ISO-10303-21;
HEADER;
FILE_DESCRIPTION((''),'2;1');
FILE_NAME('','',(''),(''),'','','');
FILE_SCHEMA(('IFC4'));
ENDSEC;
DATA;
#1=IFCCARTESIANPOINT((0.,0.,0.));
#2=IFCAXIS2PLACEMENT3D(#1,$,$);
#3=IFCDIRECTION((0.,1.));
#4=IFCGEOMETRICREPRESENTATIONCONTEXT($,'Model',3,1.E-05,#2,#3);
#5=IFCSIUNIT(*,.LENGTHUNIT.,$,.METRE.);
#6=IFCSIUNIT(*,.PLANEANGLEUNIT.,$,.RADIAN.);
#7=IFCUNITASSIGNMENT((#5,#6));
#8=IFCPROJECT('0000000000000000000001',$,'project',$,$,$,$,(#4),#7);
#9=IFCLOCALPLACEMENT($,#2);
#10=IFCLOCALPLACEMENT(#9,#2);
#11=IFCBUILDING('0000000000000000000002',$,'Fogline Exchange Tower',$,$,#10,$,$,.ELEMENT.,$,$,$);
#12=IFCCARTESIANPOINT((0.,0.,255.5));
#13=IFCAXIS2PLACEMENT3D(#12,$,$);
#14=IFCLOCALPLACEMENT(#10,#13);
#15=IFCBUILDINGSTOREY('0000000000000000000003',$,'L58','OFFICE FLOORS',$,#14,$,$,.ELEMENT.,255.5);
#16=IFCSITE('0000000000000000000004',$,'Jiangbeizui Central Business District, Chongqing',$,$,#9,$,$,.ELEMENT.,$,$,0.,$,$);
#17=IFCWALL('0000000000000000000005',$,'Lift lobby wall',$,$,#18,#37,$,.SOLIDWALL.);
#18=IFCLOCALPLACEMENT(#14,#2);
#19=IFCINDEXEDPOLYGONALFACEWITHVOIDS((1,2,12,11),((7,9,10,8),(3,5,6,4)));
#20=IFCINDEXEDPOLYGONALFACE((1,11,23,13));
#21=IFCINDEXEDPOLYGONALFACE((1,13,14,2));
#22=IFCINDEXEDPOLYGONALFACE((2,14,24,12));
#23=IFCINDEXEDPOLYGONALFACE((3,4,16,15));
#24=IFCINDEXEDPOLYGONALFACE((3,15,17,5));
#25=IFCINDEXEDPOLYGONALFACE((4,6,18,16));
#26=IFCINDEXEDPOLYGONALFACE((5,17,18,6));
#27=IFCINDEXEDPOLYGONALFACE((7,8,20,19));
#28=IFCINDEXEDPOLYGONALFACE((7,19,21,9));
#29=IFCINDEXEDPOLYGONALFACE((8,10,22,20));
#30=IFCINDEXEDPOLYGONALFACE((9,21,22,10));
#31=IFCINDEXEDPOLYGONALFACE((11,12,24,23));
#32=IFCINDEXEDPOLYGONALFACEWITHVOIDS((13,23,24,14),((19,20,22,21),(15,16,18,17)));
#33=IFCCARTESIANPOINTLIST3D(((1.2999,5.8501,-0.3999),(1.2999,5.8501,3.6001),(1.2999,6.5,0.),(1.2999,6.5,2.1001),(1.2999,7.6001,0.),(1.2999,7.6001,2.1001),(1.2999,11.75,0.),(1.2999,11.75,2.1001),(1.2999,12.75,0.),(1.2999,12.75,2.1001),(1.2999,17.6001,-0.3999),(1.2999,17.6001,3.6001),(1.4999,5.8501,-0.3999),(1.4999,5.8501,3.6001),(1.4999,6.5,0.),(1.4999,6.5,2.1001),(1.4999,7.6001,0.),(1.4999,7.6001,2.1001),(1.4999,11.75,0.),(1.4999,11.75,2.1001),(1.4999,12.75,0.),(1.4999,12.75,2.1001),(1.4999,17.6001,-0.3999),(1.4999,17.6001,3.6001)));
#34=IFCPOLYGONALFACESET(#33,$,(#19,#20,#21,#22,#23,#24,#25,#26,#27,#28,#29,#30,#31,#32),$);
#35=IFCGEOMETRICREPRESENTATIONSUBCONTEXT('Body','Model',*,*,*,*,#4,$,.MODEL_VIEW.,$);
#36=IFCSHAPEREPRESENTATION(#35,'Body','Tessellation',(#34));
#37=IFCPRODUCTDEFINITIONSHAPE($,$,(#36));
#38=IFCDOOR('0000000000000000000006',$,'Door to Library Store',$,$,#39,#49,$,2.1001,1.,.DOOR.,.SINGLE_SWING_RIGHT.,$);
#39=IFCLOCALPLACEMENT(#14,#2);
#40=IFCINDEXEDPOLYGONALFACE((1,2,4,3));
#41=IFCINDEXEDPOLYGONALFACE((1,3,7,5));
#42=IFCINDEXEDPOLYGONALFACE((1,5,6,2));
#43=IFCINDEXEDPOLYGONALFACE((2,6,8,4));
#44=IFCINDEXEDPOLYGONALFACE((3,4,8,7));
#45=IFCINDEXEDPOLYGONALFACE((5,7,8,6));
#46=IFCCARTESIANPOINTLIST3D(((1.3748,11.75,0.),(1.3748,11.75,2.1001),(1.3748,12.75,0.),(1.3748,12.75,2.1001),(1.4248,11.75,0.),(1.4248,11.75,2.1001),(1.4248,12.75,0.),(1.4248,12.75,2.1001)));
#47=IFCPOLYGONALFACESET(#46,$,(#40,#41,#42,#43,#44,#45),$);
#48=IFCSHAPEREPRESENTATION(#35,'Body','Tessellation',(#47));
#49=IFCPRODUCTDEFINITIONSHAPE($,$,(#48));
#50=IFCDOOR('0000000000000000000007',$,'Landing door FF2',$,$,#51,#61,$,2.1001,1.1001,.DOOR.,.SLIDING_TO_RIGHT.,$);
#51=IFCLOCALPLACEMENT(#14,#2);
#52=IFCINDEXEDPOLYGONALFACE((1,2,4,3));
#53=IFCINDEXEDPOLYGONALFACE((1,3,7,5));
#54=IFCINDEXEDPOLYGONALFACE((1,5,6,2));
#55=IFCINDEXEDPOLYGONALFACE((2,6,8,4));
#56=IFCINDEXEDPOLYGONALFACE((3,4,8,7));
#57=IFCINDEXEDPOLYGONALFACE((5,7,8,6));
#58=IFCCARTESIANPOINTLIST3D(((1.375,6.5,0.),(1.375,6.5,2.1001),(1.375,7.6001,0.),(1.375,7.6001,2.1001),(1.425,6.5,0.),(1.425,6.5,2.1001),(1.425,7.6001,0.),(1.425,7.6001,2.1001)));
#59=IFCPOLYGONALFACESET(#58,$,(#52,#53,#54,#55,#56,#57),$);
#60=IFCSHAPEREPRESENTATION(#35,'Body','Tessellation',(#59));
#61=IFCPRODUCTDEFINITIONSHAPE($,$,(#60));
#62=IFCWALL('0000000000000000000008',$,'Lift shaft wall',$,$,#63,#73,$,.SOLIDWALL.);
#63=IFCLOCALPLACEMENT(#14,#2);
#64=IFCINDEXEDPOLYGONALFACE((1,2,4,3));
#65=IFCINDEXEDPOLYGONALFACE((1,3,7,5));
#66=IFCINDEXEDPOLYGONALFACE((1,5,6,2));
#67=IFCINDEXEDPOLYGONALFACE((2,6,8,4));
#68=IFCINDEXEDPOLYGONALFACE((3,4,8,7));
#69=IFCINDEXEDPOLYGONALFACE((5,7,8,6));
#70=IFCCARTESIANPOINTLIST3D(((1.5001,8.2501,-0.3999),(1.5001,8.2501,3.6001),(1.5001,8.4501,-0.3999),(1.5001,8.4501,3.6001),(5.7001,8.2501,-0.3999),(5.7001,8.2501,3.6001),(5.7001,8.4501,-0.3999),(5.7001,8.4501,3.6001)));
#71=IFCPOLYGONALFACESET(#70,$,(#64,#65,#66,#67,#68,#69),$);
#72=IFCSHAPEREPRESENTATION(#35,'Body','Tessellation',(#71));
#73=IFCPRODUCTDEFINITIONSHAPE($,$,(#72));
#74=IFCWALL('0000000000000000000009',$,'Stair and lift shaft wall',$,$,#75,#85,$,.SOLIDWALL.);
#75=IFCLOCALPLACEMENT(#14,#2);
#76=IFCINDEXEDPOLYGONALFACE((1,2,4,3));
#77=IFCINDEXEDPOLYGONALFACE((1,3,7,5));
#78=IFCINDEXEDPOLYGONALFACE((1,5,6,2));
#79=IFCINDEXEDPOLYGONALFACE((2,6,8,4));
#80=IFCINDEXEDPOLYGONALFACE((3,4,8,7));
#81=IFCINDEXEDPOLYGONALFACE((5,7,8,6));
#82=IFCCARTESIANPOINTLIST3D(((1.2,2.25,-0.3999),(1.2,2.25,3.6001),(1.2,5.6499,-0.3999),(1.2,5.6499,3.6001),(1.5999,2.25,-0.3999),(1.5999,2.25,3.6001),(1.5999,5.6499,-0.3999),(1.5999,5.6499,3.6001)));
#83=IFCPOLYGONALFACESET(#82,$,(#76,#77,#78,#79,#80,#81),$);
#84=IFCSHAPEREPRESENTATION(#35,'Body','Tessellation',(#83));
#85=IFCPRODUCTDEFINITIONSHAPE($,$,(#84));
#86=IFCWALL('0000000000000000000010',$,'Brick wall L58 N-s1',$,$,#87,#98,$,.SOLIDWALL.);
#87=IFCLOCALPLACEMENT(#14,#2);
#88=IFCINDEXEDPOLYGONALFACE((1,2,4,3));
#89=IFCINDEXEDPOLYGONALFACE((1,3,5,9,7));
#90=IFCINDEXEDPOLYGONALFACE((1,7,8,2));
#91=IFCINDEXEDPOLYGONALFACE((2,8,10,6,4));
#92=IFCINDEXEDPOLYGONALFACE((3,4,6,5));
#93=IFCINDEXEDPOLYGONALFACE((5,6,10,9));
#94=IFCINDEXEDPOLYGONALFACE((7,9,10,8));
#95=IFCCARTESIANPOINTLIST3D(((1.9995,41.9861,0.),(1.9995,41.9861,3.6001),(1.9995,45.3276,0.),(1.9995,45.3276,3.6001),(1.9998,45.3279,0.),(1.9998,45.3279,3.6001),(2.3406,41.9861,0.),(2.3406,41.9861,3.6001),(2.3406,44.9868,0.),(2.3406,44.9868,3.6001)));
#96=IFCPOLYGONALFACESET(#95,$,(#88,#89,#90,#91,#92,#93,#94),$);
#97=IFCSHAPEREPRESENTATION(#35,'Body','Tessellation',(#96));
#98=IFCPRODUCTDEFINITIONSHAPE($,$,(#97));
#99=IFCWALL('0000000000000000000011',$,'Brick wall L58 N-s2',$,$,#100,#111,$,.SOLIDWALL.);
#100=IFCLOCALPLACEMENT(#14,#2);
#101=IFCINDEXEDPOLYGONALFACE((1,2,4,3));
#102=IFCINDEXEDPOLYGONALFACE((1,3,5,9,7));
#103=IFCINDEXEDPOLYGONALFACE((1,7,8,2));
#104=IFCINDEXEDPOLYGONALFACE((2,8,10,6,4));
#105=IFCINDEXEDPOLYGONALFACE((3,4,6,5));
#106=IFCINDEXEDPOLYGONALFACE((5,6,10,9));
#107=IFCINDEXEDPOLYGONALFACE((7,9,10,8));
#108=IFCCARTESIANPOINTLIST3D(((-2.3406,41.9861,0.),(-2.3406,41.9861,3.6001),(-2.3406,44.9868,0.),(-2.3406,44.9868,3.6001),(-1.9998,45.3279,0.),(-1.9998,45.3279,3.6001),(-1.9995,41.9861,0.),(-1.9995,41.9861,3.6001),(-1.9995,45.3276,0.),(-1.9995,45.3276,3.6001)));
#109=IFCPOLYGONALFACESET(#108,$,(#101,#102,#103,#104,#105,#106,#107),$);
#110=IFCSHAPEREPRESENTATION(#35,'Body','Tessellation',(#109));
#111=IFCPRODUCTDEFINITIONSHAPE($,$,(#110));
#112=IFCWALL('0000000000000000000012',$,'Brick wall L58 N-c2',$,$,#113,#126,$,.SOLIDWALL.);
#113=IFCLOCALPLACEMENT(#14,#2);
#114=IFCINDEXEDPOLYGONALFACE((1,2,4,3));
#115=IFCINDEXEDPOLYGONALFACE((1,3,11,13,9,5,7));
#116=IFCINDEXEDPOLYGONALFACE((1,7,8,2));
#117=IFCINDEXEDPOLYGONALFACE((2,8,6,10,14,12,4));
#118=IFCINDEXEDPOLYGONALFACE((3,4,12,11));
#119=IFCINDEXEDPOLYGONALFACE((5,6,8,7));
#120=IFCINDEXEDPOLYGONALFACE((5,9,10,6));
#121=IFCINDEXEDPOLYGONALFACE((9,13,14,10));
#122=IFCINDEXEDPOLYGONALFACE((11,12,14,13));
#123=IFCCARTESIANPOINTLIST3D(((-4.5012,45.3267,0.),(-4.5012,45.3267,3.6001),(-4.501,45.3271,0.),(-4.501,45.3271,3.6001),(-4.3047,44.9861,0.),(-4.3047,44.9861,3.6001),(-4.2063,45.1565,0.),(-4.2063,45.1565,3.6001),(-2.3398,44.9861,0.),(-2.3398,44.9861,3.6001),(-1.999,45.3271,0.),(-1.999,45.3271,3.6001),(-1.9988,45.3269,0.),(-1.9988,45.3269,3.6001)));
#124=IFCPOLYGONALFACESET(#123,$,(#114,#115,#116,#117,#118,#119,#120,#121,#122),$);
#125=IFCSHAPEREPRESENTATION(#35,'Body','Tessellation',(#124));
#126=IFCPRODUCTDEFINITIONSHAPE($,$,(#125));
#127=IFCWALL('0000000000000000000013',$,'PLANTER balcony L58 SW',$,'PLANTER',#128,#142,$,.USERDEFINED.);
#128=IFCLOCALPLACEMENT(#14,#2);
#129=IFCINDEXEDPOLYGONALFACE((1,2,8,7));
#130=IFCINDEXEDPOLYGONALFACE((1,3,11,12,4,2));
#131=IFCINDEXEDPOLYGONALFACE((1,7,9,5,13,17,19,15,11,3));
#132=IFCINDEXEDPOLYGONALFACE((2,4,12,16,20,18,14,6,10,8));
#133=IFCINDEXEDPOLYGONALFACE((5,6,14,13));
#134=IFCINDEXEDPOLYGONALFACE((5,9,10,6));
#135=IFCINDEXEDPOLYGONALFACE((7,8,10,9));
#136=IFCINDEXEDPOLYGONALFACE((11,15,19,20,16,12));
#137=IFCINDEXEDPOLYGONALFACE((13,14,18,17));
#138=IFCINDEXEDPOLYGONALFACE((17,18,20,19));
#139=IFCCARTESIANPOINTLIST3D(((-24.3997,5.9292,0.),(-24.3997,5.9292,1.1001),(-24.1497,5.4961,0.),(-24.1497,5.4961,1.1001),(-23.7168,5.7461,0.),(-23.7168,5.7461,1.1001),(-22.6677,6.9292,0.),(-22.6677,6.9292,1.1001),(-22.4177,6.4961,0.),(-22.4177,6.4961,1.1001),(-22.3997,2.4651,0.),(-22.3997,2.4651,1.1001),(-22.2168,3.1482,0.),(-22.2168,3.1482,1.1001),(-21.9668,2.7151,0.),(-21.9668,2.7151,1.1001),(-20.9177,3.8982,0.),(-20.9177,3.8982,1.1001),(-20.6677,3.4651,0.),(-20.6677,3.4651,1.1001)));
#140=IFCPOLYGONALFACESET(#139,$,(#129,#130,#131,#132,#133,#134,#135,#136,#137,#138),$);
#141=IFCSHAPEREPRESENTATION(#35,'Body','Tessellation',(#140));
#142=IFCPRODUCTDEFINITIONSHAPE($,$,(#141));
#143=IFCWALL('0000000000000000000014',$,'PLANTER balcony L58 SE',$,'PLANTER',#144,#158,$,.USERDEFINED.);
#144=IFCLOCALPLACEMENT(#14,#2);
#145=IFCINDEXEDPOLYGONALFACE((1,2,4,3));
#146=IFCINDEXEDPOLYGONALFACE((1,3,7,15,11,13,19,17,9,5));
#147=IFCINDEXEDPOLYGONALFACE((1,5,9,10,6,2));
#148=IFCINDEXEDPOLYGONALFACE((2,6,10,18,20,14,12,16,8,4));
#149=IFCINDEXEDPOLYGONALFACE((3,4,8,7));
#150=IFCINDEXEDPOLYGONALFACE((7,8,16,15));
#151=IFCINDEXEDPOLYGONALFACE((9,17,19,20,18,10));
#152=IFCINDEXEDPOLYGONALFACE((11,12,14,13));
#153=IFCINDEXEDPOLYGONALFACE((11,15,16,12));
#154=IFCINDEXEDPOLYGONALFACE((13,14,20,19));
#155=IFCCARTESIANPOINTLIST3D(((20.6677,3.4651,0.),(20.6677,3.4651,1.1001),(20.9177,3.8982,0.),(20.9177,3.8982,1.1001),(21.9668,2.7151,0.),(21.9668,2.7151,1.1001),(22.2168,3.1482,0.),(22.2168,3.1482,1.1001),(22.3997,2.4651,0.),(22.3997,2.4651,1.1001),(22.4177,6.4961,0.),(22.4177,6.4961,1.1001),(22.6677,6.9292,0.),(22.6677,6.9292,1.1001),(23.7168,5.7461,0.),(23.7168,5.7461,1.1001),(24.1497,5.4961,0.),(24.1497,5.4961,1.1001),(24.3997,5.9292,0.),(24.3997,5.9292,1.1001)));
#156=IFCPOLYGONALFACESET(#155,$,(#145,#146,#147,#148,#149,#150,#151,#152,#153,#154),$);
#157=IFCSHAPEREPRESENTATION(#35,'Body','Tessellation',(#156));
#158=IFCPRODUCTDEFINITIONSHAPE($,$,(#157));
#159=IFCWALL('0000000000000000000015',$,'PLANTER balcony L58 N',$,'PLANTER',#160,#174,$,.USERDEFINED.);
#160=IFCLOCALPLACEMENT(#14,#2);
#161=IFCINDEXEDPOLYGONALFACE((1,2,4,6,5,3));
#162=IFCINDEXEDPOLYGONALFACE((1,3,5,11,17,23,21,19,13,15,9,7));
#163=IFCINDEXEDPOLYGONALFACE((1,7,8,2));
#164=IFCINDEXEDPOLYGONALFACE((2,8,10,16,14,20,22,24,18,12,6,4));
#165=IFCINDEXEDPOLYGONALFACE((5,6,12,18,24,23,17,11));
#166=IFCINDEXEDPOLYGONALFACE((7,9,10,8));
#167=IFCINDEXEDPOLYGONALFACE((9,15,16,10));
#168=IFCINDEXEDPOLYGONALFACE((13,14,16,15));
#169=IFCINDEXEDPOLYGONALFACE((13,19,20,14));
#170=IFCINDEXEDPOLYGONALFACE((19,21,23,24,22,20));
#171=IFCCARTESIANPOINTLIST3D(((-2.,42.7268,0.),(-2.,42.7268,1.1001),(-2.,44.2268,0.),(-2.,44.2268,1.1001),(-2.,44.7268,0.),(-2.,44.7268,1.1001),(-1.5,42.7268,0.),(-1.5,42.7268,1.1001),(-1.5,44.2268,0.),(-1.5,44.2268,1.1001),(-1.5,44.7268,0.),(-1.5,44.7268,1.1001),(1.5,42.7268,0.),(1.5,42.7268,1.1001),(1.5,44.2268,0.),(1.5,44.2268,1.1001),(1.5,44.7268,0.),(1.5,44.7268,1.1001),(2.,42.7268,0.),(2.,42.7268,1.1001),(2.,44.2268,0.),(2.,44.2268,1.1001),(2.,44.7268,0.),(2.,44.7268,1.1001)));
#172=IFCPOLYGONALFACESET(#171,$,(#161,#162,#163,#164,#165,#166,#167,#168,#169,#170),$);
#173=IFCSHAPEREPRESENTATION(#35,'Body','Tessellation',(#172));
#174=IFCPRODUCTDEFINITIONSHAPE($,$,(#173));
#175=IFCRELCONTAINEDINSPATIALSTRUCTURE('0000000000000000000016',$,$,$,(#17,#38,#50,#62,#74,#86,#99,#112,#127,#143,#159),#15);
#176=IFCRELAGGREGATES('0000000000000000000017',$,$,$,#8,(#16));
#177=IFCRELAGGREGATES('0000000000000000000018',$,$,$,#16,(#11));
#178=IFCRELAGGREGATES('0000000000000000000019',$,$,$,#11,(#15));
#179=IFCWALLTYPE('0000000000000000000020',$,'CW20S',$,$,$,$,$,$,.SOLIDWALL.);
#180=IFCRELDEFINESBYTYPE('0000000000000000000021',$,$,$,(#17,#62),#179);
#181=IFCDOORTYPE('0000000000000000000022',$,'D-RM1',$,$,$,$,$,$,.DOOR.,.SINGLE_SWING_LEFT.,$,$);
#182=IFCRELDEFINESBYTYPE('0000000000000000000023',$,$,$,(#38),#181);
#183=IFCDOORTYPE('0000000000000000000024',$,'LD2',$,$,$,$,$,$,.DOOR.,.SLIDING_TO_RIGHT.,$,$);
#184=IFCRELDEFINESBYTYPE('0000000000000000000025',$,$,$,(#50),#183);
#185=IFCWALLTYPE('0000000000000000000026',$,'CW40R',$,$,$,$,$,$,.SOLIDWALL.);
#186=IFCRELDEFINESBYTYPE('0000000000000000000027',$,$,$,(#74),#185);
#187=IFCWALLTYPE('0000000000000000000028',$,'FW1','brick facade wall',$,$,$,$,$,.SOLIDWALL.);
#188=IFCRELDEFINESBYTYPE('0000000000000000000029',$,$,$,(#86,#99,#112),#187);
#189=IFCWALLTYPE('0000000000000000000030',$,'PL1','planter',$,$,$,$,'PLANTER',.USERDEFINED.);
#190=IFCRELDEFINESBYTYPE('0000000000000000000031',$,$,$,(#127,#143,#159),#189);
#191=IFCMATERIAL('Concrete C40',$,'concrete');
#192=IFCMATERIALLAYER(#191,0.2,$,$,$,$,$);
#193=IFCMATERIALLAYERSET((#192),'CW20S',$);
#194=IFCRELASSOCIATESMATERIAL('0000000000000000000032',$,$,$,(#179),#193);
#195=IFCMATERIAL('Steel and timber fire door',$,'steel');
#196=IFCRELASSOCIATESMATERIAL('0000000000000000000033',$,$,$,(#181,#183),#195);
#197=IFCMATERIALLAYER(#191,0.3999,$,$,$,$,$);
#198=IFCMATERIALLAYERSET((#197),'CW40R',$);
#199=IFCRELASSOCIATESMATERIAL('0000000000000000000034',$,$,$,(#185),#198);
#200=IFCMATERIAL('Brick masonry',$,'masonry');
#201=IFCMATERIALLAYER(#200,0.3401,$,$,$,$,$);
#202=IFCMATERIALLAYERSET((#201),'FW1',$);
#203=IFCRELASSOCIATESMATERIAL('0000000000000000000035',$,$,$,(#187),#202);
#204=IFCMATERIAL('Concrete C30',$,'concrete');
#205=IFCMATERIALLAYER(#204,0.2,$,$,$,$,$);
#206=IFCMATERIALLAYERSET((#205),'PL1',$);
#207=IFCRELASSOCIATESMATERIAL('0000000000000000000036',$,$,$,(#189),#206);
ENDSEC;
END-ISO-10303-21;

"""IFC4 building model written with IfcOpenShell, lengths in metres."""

from ifc_helpers import new_model, si_unit, direction, frame, frame_2d, origin, place, context, subcontext, project, spatial, polyline, rectangle, outline, extrude, material, layer, layer_set, type_object, element, fill, save


model = new_model("IFC4")

# Units and contexts
model_context = context("Model", 3, precision=1e-05, world=origin(), true_north=direction((0.0, 1.0)))
body_context = subcontext(model_context, "Body", "Model", "MODEL_VIEW")
ifc_project = project(units=[si_unit("LENGTHUNIT", "METRE"), si_unit("PLANEANGLEUNIT", "RADIAN")], contexts=[model_context])

# Site, building, storey
site_placement = place(None, origin())
site = spatial("IfcSite", under=ifc_project, at=site_placement, Name="Jiangbeizui Central Business District, Chongqing", CompositionType="ELEMENT", RefElevation=0.0)
building_placement = place(site_placement, origin())
building = spatial("IfcBuilding", under=site, at=building_placement, Name="Fogline Exchange Tower", CompositionType="ELEMENT")
storey_placement = place(building_placement, frame((0.0, 0.0, 255.5)))
storey = spatial("IfcBuildingStorey", under=building, at=storey_placement, Name="L58", Description="OFFICE FLOORS", CompositionType="ELEMENT", Elevation=255.5)

# Shared definitions
ifc_material_1 = material(Name="Concrete C40", Category="concrete")

# Shared definitions
ifc_material_2 = material(Name="Steel and timber fire door", Category="steel")

# Shared definitions
ifc_layer_1 = layer(ifc_material_1, 0.2)
ifc_layer_set_1 = layer_set([ifc_layer_1], Name="CW20S")
wall_type_1 = type_object("IfcWallType", Name="CW20S", PredefinedType="SOLIDWALL", material=ifc_layer_set_1)

# Wall, openings, doors
wall_1_placement = place(storey_placement, frame((1.3999, 5.8501, -0.3999), z_axis=(0.0, 0.0, 1.0), x_axis=(0.0, 1.0, 0.0)))
wall_1 = element("IfcWall", 1, at=wall_1_placement, inside=storey, type_object=wall_type_1, Name="Lift lobby wall", PredefinedType="SOLIDWALL", context=body_context, shape_type="SweptSolid", body=[
    extrude(rectangle(XDim=11.75, YDim=0.2, at=frame_2d((5.875, 0.0))), origin(), (0.0, 0.0, 1.0), 4.0),
])
opening_1_placement = place(wall_1_placement, frame((0.6499, 0.0, 0.3999)))
opening_1 = element("IfcOpeningElement", 2, at=opening_1_placement, cuts=wall_1, PredefinedType="OPENING", context=body_context, shape_type="SweptSolid", body=[
    extrude(rectangle(XDim=1.1001, YDim=2.1001, at=frame_2d((0.55, 1.05))), frame((0.0, 0.1099, 0.0), z_axis=(0.0, -1.0, 0.0), x_axis=(1.0, 0.0, 0.0)), (0.0, 0.0, 1.0), 0.22),
])
opening_2_placement = place(wall_1_placement, frame((5.8999, 0.0, 0.3999)))
opening_2 = element("IfcOpeningElement", 3, at=opening_2_placement, cuts=wall_1, PredefinedType="OPENING", context=body_context, shape_type="SweptSolid", body=[
    extrude(rectangle(XDim=1.0, YDim=2.1001, at=frame_2d((0.5, 1.05))), frame((0.0, 0.1099, 0.0), z_axis=(0.0, -1.0, 0.0), x_axis=(1.0, 0.0, 0.0)), (0.0, 0.0, 1.0), 0.22),
])
door_type_1 = type_object("IfcDoorType", Name="D-RM1", OperationType="SINGLE_SWING_LEFT", PredefinedType="DOOR", material=ifc_material_2)
door_1_placement = place(opening_2_placement, frame((1.0, 0.0, 0.0), z_axis=(0.0, 0.0, 1.0), x_axis=(-1.0, 0.0, 0.0)))
door_1 = element("IfcDoor", 4, at=door_1_placement, inside=storey, type_object=door_type_1, Name="Door to Library Store", OperationType="SINGLE_SWING_RIGHT", OverallHeight=2.1001, OverallWidth=1.0, PredefinedType="DOOR", context=body_context, shape_type="SweptSolid", body=[
    extrude(rectangle(XDim=1.0, YDim=2.1001, at=frame_2d((0.5, 1.05))), frame((0.0, 0.0249, 0.0), z_axis=(0.0, -1.0, 0.0), x_axis=(1.0, 0.0, 0.0)), (0.0, 0.0, 1.0), 0.05),
])
fill(opening_2, door_1)
door_type_2 = type_object("IfcDoorType", Name="LD2", OperationType="SLIDING_TO_RIGHT", PredefinedType="DOOR", material=ifc_material_2)
door_2_placement = place(opening_1_placement, origin())
door_2 = element("IfcDoor", 5, at=door_2_placement, inside=storey, type_object=door_type_2, Name="Landing door FF2", OperationType="SLIDING_TO_RIGHT", OverallHeight=2.1001, OverallWidth=1.1001, PredefinedType="DOOR", context=body_context, shape_type="SweptSolid", body=[
    extrude(rectangle(XDim=1.1001, YDim=2.1001, at=frame_2d((0.55, 1.05))), frame((0.0, 0.0249, 0.0), z_axis=(0.0, -1.0, 0.0), x_axis=(1.0, 0.0, 0.0)), (0.0, 0.0, 1.0), 0.05),
])
fill(opening_1, door_2)

# Walls
wall_2_placement = place(storey_placement, frame((1.5, 8.3501, -0.3999), z_axis=(0.0, 0.0, 1.0), x_axis=(1.0, 0.0, 0.0)))
element("IfcWall", 6, at=wall_2_placement, inside=storey, type_object=wall_type_1, Name="Lift shaft wall", PredefinedType="SOLIDWALL", context=body_context, shape_type="SweptSolid", body=[
    extrude(rectangle(XDim=4.2, YDim=0.2, at=frame_2d((2.1001, 0.0))), origin(), (0.0, 0.0, 1.0), 4.0),
])
ifc_layer_2 = layer(ifc_material_1, 0.3999)
ifc_layer_set_2 = layer_set([ifc_layer_2], Name="CW40R")
wall_type_2 = type_object("IfcWallType", Name="CW40R", PredefinedType="SOLIDWALL", material=ifc_layer_set_2)
wall_3_placement = place(storey_placement, frame((1.3999, 2.25, -0.3999), z_axis=(0.0, 0.0, 1.0), x_axis=(0.0, 1.0, 0.0)))
element("IfcWall", 7, at=wall_3_placement, inside=storey, type_object=wall_type_2, Name="Stair and lift shaft wall", PredefinedType="SOLIDWALL", context=body_context, shape_type="SweptSolid", body=[
    extrude(rectangle(XDim=3.3999, YDim=0.3999, at=frame_2d((1.7, 0.0))), origin(), (0.0, 0.0, 1.0), 4.0),
])
ifc_material_3 = material(Name="Brick masonry", Category="masonry")
ifc_layer_3 = layer(ifc_material_3, 0.3401)
ifc_layer_set_3 = layer_set([ifc_layer_3], Name="FW1")
wall_type_3 = type_object("IfcWallType", Name="FW1", Description="brick facade wall", PredefinedType="SOLIDWALL", material=ifc_layer_set_3)
wall_4_placement = place(storey_placement, origin())
element("IfcWall", 8, at=wall_4_placement, inside=storey, type_object=wall_type_3, Name="Brick wall L58 N-s1", PredefinedType="SOLIDWALL", context=body_context, shape_type="SweptSolid", body=[
    extrude(outline(polyline([(2.3406, 41.9861), (1.9995, 41.9861), (1.9995, 45.3276), (1.9998, 45.3279), (2.3406, 44.9868), (2.3406, 41.9861)])), origin(), (0.0, 0.0, 1.0), 3.6001),
])
wall_5_placement = place(storey_placement, origin())
element("IfcWall", 9, at=wall_5_placement, inside=storey, type_object=wall_type_3, Name="Brick wall L58 N-s2", PredefinedType="SOLIDWALL", context=body_context, shape_type="SweptSolid", body=[
    extrude(outline(polyline([(-1.9995, 45.3276), (-1.9995, 41.9861), (-2.3406, 41.9861), (-2.3406, 44.9868), (-1.9998, 45.3279), (-1.9995, 45.3276)])), origin(), (0.0, 0.0, 1.0), 3.6001),
])
wall_6_placement = place(storey_placement, origin())
element("IfcWall", 10, at=wall_6_placement, inside=storey, type_object=wall_type_3, Name="Brick wall L58 N-c2", PredefinedType="SOLIDWALL", context=body_context, shape_type="SweptSolid", body=[
    extrude(outline(polyline([(-4.3047, 44.9861), (-4.2063, 45.1565), (-4.5012, 45.3267), (-4.501, 45.3271), (-1.999, 45.3271), (-1.9988, 45.3269), (-2.3398, 44.9861), (-4.3047, 44.9861)])), origin(), (0.0, 0.0, 1.0), 3.6001),
])
ifc_material_4 = material(Name="Concrete C30", Category="concrete")
ifc_layer_4 = layer(ifc_material_4, 0.2)
ifc_layer_set_4 = layer_set([ifc_layer_4], Name="PL1")
wall_type_4 = type_object("IfcWallType", Name="PL1", Description="planter", ElementType="PLANTER", PredefinedType="USERDEFINED", material=ifc_layer_set_4)
wall_7_placement = place(storey_placement, origin())
element("IfcWall", 11, at=wall_7_placement, inside=storey, type_object=wall_type_4, Name="PLANTER balcony L58 SW", ObjectType="PLANTER", PredefinedType="USERDEFINED", context=body_context, shape_type="SweptSolid", body=[
    extrude(outline(polyline([(-20.9177, 3.8982), (-22.2168, 3.1482), (-23.7168, 5.7461), (-22.4177, 6.4961), (-22.6677, 6.9292), (-24.3997, 5.9292), (-24.1497, 5.4961), (-22.3997, 2.4651), (-21.9668, 2.7151), (-21.9668, 2.7151), (-20.6677, 3.4651), (-20.9177, 3.8982)])), origin(), (0.0, 0.0, 1.0), 1.1001),
])
wall_8_placement = place(storey_placement, origin())
element("IfcWall", 12, at=wall_8_placement, inside=storey, type_object=wall_type_4, Name="PLANTER balcony L58 SE", ObjectType="PLANTER", PredefinedType="USERDEFINED", context=body_context, shape_type="SweptSolid", body=[
    extrude(outline(polyline([(20.6677, 3.4651), (21.9668, 2.7151), (21.9668, 2.7151), (22.3997, 2.4651), (24.1497, 5.4961), (24.3997, 5.9292), (22.6677, 6.9292), (22.4177, 6.4961), (23.7168, 5.7461), (22.2168, 3.1482), (20.9177, 3.8982), (20.6677, 3.4651)])), origin(), (0.0, 0.0, 1.0), 1.1001),
])
wall_9_placement = place(storey_placement, origin())
element("IfcWall", 13, at=wall_9_placement, inside=storey, type_object=wall_type_4, Name="PLANTER balcony L58 N", ObjectType="PLANTER", PredefinedType="USERDEFINED", context=body_context, shape_type="SweptSolid", body=[
    extrude(outline(polyline([(-1.5, 44.7268), (-2.0, 44.7268), (-2.0, 44.2268), (-2.0, 42.7268), (-1.5, 42.7268), (-1.5, 44.2268), (1.5, 44.2268), (1.5, 42.7268), (2.0, 42.7268), (2.0, 44.2268), (2.0, 44.7268), (1.5, 44.7268), (-1.5, 44.7268)])), origin(), (0.0, 0.0, 1.0), 1.1001),
])

save(model, "model.ifc")
